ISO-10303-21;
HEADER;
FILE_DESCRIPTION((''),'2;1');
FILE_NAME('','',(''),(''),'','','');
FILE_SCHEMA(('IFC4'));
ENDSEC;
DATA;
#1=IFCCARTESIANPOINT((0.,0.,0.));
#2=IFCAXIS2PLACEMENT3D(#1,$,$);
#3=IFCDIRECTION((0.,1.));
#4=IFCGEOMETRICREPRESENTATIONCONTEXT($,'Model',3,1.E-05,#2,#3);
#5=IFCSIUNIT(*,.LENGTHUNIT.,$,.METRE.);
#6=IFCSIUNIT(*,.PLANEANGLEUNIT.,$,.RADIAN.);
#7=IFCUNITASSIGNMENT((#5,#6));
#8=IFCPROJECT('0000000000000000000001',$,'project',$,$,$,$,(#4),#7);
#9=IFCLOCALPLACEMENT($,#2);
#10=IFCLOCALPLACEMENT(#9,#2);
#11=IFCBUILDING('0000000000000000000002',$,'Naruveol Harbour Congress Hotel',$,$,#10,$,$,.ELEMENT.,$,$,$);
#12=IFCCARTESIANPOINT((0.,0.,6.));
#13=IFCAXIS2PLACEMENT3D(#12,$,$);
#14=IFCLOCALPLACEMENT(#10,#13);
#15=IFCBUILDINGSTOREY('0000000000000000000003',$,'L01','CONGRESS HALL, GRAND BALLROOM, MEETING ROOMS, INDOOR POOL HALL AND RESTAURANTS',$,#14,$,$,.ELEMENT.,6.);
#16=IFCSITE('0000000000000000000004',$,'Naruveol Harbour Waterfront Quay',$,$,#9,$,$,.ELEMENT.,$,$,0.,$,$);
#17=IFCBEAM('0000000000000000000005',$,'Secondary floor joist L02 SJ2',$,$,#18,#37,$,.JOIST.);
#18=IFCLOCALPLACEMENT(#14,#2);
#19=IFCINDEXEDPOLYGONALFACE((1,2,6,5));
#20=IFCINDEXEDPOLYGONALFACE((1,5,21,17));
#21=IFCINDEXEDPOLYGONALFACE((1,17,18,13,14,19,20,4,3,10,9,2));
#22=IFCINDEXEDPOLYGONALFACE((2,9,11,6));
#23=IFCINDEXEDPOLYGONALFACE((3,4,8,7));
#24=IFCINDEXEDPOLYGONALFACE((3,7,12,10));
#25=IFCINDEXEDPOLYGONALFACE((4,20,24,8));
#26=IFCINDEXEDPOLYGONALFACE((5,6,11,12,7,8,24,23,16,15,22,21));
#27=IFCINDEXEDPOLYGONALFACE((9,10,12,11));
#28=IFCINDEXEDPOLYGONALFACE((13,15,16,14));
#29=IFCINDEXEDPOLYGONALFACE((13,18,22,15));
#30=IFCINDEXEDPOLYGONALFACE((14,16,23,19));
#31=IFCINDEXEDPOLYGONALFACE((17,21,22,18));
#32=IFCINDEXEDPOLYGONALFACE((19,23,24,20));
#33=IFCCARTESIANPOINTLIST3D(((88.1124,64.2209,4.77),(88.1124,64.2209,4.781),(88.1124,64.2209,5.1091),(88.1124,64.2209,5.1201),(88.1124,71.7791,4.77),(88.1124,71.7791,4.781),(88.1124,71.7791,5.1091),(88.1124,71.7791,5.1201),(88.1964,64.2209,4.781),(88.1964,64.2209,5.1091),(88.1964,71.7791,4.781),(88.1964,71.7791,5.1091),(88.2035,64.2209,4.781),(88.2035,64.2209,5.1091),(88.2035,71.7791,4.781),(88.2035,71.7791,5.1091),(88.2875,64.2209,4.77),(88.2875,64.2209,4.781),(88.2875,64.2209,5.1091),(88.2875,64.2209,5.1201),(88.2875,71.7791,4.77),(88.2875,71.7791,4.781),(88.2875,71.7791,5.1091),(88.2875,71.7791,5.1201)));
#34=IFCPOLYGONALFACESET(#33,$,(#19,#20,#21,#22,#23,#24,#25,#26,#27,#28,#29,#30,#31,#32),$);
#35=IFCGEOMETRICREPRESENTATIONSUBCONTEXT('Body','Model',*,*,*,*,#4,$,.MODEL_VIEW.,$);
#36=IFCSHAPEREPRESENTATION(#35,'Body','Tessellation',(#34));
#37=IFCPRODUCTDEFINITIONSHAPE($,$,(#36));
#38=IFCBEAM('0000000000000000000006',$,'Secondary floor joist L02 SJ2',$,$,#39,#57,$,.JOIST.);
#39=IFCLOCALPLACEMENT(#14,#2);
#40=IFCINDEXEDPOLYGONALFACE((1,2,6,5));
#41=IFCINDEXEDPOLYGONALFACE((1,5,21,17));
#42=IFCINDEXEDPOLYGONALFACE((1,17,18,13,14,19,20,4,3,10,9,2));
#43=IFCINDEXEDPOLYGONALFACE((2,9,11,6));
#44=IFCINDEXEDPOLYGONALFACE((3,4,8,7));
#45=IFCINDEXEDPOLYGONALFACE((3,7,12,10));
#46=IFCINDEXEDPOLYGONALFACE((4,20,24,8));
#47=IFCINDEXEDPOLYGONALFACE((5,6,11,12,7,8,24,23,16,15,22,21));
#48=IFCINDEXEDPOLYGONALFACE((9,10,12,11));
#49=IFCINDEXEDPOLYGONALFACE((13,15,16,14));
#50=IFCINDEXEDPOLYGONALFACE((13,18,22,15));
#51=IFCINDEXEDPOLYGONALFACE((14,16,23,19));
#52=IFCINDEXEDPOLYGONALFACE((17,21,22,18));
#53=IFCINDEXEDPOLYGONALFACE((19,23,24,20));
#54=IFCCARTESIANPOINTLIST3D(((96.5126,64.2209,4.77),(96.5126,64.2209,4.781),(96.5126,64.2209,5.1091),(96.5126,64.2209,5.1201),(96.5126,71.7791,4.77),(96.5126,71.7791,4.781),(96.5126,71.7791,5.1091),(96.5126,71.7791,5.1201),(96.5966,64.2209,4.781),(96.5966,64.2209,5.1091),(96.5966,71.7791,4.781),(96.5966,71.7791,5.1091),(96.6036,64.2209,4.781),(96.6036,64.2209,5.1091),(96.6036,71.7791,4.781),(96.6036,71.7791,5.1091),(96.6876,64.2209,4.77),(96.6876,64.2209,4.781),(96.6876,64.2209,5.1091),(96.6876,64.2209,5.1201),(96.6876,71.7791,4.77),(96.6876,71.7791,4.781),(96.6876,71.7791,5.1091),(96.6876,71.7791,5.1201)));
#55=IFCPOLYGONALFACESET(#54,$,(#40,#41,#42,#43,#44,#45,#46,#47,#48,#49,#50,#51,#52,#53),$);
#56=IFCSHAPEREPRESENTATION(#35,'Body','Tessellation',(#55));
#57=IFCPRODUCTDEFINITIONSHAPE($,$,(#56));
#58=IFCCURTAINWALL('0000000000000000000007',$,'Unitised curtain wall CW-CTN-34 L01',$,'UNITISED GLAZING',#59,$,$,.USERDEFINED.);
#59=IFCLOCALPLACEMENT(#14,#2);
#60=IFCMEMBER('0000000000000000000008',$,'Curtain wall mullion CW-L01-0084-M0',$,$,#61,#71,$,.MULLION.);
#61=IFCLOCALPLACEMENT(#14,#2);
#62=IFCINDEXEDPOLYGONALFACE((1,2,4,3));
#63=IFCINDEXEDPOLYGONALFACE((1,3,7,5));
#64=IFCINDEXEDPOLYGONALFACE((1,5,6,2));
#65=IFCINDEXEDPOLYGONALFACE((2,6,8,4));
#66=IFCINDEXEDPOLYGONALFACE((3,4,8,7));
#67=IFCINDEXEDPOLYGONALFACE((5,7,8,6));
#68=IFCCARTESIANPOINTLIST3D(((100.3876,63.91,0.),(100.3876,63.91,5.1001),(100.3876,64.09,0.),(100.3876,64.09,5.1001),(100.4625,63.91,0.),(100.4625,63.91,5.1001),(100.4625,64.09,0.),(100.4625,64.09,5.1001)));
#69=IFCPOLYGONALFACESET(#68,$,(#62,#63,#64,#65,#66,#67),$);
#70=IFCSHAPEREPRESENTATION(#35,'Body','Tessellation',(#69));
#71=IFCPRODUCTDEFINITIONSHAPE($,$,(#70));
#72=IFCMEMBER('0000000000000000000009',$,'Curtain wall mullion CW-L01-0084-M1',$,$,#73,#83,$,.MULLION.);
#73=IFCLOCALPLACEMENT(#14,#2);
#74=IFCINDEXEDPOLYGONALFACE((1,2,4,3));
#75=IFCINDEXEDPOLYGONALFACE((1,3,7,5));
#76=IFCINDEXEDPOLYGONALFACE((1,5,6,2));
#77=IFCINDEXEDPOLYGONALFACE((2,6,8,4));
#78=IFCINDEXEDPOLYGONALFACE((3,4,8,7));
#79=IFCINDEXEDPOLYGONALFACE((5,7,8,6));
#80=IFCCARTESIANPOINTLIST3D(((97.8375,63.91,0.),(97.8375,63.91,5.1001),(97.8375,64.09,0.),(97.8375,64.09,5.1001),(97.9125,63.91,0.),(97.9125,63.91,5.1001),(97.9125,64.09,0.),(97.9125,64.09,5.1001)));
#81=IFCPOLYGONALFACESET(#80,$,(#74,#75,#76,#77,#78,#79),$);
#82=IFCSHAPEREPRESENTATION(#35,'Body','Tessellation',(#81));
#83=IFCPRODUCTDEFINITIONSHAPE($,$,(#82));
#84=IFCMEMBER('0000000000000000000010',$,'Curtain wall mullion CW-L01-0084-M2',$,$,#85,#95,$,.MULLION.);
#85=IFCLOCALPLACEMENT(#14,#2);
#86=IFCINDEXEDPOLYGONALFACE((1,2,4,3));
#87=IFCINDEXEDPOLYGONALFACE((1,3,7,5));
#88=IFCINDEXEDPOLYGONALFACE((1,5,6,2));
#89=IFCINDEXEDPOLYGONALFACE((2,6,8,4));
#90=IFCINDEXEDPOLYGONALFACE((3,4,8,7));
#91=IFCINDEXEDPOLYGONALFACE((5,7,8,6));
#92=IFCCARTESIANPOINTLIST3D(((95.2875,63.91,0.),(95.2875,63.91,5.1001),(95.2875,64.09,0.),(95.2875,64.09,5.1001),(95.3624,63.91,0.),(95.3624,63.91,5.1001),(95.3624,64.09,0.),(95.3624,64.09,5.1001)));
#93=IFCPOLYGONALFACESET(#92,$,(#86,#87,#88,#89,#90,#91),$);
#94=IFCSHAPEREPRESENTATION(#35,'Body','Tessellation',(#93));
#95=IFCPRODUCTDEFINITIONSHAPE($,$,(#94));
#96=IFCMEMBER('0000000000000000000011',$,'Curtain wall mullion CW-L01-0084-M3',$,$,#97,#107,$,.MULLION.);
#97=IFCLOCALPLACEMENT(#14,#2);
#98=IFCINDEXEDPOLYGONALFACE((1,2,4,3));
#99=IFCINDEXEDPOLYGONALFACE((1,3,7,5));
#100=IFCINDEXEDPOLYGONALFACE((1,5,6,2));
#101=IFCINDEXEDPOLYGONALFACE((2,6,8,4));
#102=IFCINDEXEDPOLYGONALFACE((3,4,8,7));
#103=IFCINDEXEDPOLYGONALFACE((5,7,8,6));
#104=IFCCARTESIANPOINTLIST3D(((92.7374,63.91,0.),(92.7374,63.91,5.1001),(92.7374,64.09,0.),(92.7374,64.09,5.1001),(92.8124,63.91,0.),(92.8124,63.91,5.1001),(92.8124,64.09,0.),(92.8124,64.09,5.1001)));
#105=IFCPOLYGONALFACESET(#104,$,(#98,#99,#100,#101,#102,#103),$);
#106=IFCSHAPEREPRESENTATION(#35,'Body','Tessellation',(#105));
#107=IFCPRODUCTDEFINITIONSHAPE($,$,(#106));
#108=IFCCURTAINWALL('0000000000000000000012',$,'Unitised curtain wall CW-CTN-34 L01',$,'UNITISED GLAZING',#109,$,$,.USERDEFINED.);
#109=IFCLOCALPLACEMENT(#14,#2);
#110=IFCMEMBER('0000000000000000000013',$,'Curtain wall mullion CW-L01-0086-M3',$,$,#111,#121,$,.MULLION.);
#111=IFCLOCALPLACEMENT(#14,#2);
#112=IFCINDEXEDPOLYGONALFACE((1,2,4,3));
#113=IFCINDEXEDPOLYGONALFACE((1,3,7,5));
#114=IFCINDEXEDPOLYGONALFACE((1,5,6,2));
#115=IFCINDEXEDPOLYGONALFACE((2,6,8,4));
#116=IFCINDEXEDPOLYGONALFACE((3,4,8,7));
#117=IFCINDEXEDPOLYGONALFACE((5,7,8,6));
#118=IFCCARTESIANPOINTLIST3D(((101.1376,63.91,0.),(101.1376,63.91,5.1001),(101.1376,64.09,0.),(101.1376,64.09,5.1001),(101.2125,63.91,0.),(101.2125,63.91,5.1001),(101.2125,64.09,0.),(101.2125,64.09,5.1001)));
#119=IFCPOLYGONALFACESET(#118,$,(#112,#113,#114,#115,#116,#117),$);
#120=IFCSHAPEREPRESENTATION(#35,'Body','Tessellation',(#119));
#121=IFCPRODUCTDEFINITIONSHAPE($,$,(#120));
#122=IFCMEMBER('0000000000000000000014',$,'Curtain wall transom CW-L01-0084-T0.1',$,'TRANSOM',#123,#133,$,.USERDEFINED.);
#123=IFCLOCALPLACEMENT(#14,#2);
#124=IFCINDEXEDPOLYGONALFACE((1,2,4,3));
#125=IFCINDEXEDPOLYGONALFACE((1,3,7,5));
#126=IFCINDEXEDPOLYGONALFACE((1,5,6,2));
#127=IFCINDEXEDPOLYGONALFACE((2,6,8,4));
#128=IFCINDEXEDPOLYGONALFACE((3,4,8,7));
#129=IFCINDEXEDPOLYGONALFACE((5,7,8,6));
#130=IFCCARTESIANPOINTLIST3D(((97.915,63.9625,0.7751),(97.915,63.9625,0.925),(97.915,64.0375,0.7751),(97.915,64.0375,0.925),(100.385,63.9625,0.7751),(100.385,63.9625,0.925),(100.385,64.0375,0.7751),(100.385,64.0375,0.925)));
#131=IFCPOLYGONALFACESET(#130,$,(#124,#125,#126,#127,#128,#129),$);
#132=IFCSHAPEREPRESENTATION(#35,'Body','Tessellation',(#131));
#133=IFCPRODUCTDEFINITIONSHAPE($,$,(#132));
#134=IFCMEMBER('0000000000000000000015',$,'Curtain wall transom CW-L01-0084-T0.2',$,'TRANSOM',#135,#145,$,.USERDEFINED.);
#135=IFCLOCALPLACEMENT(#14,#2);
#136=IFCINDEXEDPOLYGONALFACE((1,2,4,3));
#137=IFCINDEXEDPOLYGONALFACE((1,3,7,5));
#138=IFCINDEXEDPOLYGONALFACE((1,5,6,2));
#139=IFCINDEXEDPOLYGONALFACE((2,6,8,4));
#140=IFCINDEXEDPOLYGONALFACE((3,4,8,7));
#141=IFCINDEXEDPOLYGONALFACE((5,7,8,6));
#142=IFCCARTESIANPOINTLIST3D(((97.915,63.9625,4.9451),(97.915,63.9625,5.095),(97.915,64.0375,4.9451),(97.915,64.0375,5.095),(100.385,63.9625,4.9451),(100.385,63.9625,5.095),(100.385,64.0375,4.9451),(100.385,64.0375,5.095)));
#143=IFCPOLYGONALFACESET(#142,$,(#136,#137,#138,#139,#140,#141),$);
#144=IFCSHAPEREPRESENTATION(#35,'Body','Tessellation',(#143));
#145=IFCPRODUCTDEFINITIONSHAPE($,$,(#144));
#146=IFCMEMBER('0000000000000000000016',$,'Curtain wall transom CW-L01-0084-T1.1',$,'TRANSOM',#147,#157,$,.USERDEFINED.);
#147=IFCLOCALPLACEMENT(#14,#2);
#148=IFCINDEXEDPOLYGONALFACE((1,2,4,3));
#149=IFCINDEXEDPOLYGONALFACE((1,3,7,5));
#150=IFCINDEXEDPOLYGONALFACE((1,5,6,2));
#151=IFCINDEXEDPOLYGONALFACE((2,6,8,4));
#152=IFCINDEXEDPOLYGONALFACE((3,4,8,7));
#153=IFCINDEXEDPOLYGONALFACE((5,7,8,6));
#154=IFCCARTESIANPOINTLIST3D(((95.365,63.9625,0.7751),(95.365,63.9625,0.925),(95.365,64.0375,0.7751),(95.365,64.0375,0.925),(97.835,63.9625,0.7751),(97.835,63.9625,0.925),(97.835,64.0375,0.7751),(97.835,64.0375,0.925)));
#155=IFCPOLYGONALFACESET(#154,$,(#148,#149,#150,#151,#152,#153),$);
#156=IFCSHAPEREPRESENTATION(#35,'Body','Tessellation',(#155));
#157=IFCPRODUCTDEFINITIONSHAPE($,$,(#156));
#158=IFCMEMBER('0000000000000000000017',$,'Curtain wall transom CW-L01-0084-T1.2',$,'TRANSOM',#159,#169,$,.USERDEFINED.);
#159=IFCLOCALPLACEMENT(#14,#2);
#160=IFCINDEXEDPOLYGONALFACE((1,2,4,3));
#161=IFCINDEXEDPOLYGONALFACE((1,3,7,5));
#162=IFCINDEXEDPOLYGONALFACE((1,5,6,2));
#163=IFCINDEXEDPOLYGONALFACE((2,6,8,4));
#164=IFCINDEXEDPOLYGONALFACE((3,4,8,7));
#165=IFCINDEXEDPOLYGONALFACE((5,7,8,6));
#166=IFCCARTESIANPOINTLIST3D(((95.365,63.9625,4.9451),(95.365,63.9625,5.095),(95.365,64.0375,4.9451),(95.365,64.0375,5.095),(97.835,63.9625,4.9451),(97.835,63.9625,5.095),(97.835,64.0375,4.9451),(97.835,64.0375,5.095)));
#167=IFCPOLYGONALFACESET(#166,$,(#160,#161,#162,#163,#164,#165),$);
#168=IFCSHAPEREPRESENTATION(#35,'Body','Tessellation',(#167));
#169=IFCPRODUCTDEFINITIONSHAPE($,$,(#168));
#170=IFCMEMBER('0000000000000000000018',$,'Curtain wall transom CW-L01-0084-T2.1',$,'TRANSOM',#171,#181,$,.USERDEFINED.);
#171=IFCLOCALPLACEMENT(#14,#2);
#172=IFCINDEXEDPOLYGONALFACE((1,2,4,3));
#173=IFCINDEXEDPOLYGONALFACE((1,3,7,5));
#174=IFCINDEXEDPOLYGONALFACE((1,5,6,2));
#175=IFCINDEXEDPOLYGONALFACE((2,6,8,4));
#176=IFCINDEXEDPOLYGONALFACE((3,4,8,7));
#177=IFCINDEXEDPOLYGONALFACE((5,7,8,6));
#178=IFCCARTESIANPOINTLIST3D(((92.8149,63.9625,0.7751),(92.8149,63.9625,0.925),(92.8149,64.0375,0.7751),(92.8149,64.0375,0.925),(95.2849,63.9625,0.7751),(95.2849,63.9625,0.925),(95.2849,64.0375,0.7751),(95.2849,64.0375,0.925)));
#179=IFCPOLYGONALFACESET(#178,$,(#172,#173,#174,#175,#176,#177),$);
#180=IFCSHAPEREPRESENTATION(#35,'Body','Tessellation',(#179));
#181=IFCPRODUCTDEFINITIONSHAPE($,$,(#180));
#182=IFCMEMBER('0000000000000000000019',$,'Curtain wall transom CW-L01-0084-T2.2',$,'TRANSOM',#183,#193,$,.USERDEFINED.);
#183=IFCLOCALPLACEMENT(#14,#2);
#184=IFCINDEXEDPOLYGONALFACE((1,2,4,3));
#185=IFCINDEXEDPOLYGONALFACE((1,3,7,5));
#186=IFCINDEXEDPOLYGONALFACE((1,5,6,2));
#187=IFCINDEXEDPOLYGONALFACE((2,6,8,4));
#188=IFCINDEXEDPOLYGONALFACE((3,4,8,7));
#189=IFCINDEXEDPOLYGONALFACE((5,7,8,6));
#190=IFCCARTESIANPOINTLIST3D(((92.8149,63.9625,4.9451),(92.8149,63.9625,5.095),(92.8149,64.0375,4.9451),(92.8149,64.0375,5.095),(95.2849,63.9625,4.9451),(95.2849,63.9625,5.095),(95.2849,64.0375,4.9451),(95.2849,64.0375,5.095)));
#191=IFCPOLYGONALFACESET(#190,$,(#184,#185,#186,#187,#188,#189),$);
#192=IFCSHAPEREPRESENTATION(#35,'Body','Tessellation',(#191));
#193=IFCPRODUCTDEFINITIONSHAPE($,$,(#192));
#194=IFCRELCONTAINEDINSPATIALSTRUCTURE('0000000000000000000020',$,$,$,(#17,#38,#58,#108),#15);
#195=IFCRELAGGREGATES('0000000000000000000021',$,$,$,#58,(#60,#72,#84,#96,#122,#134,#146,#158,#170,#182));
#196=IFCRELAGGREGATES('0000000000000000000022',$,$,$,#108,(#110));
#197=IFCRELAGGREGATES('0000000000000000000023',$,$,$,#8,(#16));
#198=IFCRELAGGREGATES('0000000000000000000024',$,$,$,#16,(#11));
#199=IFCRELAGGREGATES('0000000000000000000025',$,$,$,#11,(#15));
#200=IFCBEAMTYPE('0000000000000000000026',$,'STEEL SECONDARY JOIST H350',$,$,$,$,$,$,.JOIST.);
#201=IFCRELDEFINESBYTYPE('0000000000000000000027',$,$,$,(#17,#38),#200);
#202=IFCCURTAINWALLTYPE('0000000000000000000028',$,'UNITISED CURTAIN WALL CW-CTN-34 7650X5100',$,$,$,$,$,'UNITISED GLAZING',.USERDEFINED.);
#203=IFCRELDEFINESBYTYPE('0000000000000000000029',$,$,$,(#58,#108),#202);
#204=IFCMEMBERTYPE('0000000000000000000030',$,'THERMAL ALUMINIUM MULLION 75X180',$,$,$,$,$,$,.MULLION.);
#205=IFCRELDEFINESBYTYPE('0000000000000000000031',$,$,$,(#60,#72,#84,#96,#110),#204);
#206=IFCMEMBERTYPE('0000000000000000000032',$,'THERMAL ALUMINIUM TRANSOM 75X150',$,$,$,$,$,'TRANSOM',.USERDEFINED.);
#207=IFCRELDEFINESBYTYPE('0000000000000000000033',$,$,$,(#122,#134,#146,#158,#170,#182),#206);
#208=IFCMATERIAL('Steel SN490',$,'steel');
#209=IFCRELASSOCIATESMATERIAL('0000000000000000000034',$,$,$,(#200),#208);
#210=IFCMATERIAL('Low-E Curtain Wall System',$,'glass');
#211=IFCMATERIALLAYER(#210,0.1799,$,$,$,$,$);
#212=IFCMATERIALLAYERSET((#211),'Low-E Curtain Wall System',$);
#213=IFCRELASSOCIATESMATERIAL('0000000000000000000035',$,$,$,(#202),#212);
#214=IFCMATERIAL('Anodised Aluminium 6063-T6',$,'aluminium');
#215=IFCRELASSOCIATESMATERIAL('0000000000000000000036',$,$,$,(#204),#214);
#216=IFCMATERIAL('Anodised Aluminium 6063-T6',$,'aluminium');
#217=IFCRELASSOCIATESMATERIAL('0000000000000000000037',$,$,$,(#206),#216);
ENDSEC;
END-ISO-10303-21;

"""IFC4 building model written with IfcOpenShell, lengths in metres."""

from ifc_helpers import new_model, si_unit, direction, frame, origin, origin_2d, place, context, subcontext, project, spatial, rectangle, i_section, extrude, material, layer, layer_set, material_profile, profile_set, type_object, element, aggregate, save


model = new_model("IFC4")

# Units and contexts
model_context = context("Model", 3, precision=1e-05, world=origin(), true_north=direction((0.0, 1.0)))
body_context = subcontext(model_context, "Body", "Model", "MODEL_VIEW")
ifc_project = project(units=[si_unit("LENGTHUNIT", "METRE"), si_unit("PLANEANGLEUNIT", "RADIAN")], contexts=[model_context])

# Site, building, storey
site_placement = place(None, origin())
site = spatial("IfcSite", under=ifc_project, at=site_placement, Name="Naruveol Harbour Waterfront Quay", CompositionType="ELEMENT", RefElevation=0.0)
building_placement = place(site_placement, origin())
building = spatial("IfcBuilding", under=site, at=building_placement, Name="Naruveol Harbour Congress Hotel", CompositionType="ELEMENT")
storey_placement = place(building_placement, frame((0.0, 0.0, 6.0)))
storey = spatial("IfcBuildingStorey", under=building, at=storey_placement, Name="L01", Description="CONGRESS HALL, GRAND BALLROOM, MEETING ROOMS, INDOOR POOL HALL AND RESTAURANTS", CompositionType="ELEMENT", Elevation=6.0)

# Beams
ifc_material_1 = material(Name="Steel SN490", Category="steel")
ifc_material_profile_1 = material_profile(ifc_material_1, i_section(OverallWidth=0.175, OverallDepth=0.3501, WebThickness=0.0071, FlangeThickness=0.011, at=origin_2d()), Name="H-350x175x7x11")
ifc_profile_set_1 = profile_set([ifc_material_profile_1], Name="Steel SN490")
beam_type_1 = type_object("IfcBeamType", Name="STEEL SECONDARY JOIST H350", PredefinedType="JOIST", material=ifc_profile_set_1)
for number, where, z_axis, x_axis, name in (
    (1, (88.2, 64.2209, 4.9451), (0.0, 1.0, 0.0), (-1.0, 0.0, 0.0), "Secondary floor joist L02 SJ2"),
    (2, (96.6001, 64.2209, 4.9451), (0.0, 1.0, 0.0), (-1.0, 0.0, 0.0), "Secondary floor joist L02 SJ2"),
):
    element("IfcBeam", number, at=place(storey_placement, frame(where, z_axis=z_axis, x_axis=x_axis)), inside=storey, type_object=beam_type_1, Name=name, PredefinedType="JOIST", context=body_context, shape_type="SweptSolid", body=[
        extrude(i_section(OverallWidth=0.175, OverallDepth=0.3501, WebThickness=0.0071, FlangeThickness=0.011, at=origin_2d()), origin(), (0.0, 0.0, 1.0), 7.5581),
    ])

# Curtain wall, members
ifc_material_2 = material(Name="Low-E Curtain Wall System", Category="glass")
ifc_layer_1 = layer(ifc_material_2, 0.1799)
ifc_layer_set_1 = layer_set([ifc_layer_1], Name="Low-E Curtain Wall System")
curtain_wall_type = type_object("IfcCurtainWallType", Name="UNITISED CURTAIN WALL CW-CTN-34 7650X5100", ElementType="UNITISED GLAZING", PredefinedType="USERDEFINED", material=ifc_layer_set_1)
curtain_wall_1_placement = place(storey_placement, origin())
curtain_wall_1 = element("IfcCurtainWall", 3, at=curtain_wall_1_placement, inside=storey, type_object=curtain_wall_type, Name="Unitised curtain wall CW-CTN-34 L01", ObjectType="UNITISED GLAZING", PredefinedType="USERDEFINED")
ifc_material_3 = material(Name="Anodised Aluminium 6063-T6", Category="aluminium")
ifc_material_profile_2 = material_profile(ifc_material_3, rectangle(XDim=0.075, YDim=0.1799, at=origin_2d()), Name="ALU-75x180")
ifc_profile_set_2 = profile_set([ifc_material_profile_2], Name="Anodised Aluminium 6063-T6")
member_type_1 = type_object("IfcMemberType", Name="THERMAL ALUMINIUM MULLION 75X180", PredefinedType="MULLION", material=ifc_profile_set_2)
member_1_placement = place(storey_placement, frame((100.425, 64.0, 0.0), z_axis=(0.0, 0.0, 1.0), x_axis=(1.0, 0.0, 0.0)))
member_1 = element("IfcMember", 4, at=member_1_placement, type_object=member_type_1, Name="Curtain wall mullion CW-L01-0084-M0", PredefinedType="MULLION", context=body_context, shape_type="SweptSolid", body=[
    extrude(rectangle(XDim=0.075, YDim=0.1799, at=origin_2d()), origin(), (0.0, 0.0, 1.0), 5.1001),
])
member_2_placement = place(storey_placement, frame((97.875, 64.0, 0.0), z_axis=(0.0, 0.0, 1.0), x_axis=(1.0, 0.0, 0.0)))
member_2 = element("IfcMember", 5, at=member_2_placement, type_object=member_type_1, Name="Curtain wall mullion CW-L01-0084-M1", PredefinedType="MULLION", context=body_context, shape_type="SweptSolid", body=[
    extrude(rectangle(XDim=0.075, YDim=0.1799, at=origin_2d()), origin(), (0.0, 0.0, 1.0), 5.1001),
])
member_3_placement = place(storey_placement, frame((95.325, 64.0, 0.0), z_axis=(0.0, 0.0, 1.0), x_axis=(1.0, 0.0, 0.0)))
member_3 = element("IfcMember", 6, at=member_3_placement, type_object=member_type_1, Name="Curtain wall mullion CW-L01-0084-M2", PredefinedType="MULLION", context=body_context, shape_type="SweptSolid", body=[
    extrude(rectangle(XDim=0.075, YDim=0.1799, at=origin_2d()), origin(), (0.0, 0.0, 1.0), 5.1001),
])
member_4_placement = place(storey_placement, frame((92.7749, 64.0, 0.0), z_axis=(0.0, 0.0, 1.0), x_axis=(1.0, 0.0, 0.0)))
member_4 = element("IfcMember", 7, at=member_4_placement, type_object=member_type_1, Name="Curtain wall mullion CW-L01-0084-M3", PredefinedType="MULLION", context=body_context, shape_type="SweptSolid", body=[
    extrude(rectangle(XDim=0.075, YDim=0.1799, at=origin_2d()), origin(), (0.0, 0.0, 1.0), 5.1001),
])

# Curtain wall, member
curtain_wall_2_placement = place(storey_placement, origin())
curtain_wall_2 = element("IfcCurtainWall", 8, at=curtain_wall_2_placement, inside=storey, type_object=curtain_wall_type, Name="Unitised curtain wall CW-CTN-34 L01", ObjectType="UNITISED GLAZING", PredefinedType="USERDEFINED")
member_5_placement = place(storey_placement, frame((101.175, 64.0, 0.0), z_axis=(0.0, 0.0, 1.0), x_axis=(1.0, 0.0, 0.0)))
member_5 = element("IfcMember", 9, at=member_5_placement, type_object=member_type_1, Name="Curtain wall mullion CW-L01-0086-M3", PredefinedType="MULLION", context=body_context, shape_type="SweptSolid", body=[
    extrude(rectangle(XDim=0.075, YDim=0.1799, at=origin_2d()), origin(), (0.0, 0.0, 1.0), 5.1001),
])

# Members
ifc_material_4 = material(Name="Anodised Aluminium 6063-T6", Category="aluminium")
ifc_material_profile_3 = material_profile(ifc_material_4, rectangle(XDim=0.075, YDim=0.1499, at=origin_2d()), Name="ALU-75x150")
ifc_profile_set_3 = profile_set([ifc_material_profile_3], Name="Anodised Aluminium 6063-T6")
member_type_2 = type_object("IfcMemberType", Name="THERMAL ALUMINIUM TRANSOM 75X150", ElementType="TRANSOM", PredefinedType="USERDEFINED", material=ifc_profile_set_3)
member_6_placement = place(storey_placement, frame((100.385, 64.0, 0.8501), z_axis=(-1.0, 0.0, 0.0), x_axis=(0.0, -1.0, 0.0)))
member_6 = element("IfcMember", 10, at=member_6_placement, type_object=member_type_2, Name="Curtain wall transom CW-L01-0084-T0.1", ObjectType="TRANSOM", PredefinedType="USERDEFINED", context=body_context, shape_type="SweptSolid", body=[
    extrude(rectangle(XDim=0.075, YDim=0.1499, at=origin_2d()), origin(), (0.0, 0.0, 1.0), 2.47),
])
member_7_placement = place(storey_placement, frame((100.385, 64.0, 5.02), z_axis=(-1.0, 0.0, 0.0), x_axis=(0.0, -1.0, 0.0)))
member_7 = element("IfcMember", 11, at=member_7_placement, type_object=member_type_2, Name="Curtain wall transom CW-L01-0084-T0.2", ObjectType="TRANSOM", PredefinedType="USERDEFINED", context=body_context, shape_type="SweptSolid", body=[
    extrude(rectangle(XDim=0.075, YDim=0.1499, at=origin_2d()), origin(), (0.0, 0.0, 1.0), 2.47),
])
member_8_placement = place(storey_placement, frame((97.835, 64.0, 0.8501), z_axis=(-1.0, 0.0, 0.0), x_axis=(0.0, -1.0, 0.0)))
member_8 = element("IfcMember", 12, at=member_8_placement, type_object=member_type_2, Name="Curtain wall transom CW-L01-0084-T1.1", ObjectType="TRANSOM", PredefinedType="USERDEFINED", context=body_context, shape_type="SweptSolid", body=[
    extrude(rectangle(XDim=0.075, YDim=0.1499, at=origin_2d()), origin(), (0.0, 0.0, 1.0), 2.47),
])
member_9_placement = place(storey_placement, frame((97.835, 64.0, 5.02), z_axis=(-1.0, 0.0, 0.0), x_axis=(0.0, -1.0, 0.0)))
member_9 = element("IfcMember", 13, at=member_9_placement, type_object=member_type_2, Name="Curtain wall transom CW-L01-0084-T1.2", ObjectType="TRANSOM", PredefinedType="USERDEFINED", context=body_context, shape_type="SweptSolid", body=[
    extrude(rectangle(XDim=0.075, YDim=0.1499, at=origin_2d()), origin(), (0.0, 0.0, 1.0), 2.47),
])
member_10_placement = place(storey_placement, frame((95.2849, 64.0, 0.8501), z_axis=(-1.0, 0.0, 0.0), x_axis=(0.0, -1.0, 0.0)))
member_10 = element("IfcMember", 14, at=member_10_placement, type_object=member_type_2, Name="Curtain wall transom CW-L01-0084-T2.1", ObjectType="TRANSOM", PredefinedType="USERDEFINED", context=body_context, shape_type="SweptSolid", body=[
    extrude(rectangle(XDim=0.075, YDim=0.1499, at=origin_2d()), origin(), (0.0, 0.0, 1.0), 2.47),
])
member_11_placement = place(storey_placement, frame((95.2849, 64.0, 5.02), z_axis=(-1.0, 0.0, 0.0), x_axis=(0.0, -1.0, 0.0)))
member_11 = element("IfcMember", 15, at=member_11_placement, type_object=member_type_2, Name="Curtain wall transom CW-L01-0084-T2.2", ObjectType="TRANSOM", PredefinedType="USERDEFINED", context=body_context, shape_type="SweptSolid", body=[
    extrude(rectangle(XDim=0.075, YDim=0.1499, at=origin_2d()), origin(), (0.0, 0.0, 1.0), 2.47),
])
aggregate(curtain_wall_1, [member_1, member_2, member_3, member_4, member_6, member_7, member_8, member_9, member_10, member_11])
aggregate(curtain_wall_2, [member_5])

save(model, "model.ifc")
